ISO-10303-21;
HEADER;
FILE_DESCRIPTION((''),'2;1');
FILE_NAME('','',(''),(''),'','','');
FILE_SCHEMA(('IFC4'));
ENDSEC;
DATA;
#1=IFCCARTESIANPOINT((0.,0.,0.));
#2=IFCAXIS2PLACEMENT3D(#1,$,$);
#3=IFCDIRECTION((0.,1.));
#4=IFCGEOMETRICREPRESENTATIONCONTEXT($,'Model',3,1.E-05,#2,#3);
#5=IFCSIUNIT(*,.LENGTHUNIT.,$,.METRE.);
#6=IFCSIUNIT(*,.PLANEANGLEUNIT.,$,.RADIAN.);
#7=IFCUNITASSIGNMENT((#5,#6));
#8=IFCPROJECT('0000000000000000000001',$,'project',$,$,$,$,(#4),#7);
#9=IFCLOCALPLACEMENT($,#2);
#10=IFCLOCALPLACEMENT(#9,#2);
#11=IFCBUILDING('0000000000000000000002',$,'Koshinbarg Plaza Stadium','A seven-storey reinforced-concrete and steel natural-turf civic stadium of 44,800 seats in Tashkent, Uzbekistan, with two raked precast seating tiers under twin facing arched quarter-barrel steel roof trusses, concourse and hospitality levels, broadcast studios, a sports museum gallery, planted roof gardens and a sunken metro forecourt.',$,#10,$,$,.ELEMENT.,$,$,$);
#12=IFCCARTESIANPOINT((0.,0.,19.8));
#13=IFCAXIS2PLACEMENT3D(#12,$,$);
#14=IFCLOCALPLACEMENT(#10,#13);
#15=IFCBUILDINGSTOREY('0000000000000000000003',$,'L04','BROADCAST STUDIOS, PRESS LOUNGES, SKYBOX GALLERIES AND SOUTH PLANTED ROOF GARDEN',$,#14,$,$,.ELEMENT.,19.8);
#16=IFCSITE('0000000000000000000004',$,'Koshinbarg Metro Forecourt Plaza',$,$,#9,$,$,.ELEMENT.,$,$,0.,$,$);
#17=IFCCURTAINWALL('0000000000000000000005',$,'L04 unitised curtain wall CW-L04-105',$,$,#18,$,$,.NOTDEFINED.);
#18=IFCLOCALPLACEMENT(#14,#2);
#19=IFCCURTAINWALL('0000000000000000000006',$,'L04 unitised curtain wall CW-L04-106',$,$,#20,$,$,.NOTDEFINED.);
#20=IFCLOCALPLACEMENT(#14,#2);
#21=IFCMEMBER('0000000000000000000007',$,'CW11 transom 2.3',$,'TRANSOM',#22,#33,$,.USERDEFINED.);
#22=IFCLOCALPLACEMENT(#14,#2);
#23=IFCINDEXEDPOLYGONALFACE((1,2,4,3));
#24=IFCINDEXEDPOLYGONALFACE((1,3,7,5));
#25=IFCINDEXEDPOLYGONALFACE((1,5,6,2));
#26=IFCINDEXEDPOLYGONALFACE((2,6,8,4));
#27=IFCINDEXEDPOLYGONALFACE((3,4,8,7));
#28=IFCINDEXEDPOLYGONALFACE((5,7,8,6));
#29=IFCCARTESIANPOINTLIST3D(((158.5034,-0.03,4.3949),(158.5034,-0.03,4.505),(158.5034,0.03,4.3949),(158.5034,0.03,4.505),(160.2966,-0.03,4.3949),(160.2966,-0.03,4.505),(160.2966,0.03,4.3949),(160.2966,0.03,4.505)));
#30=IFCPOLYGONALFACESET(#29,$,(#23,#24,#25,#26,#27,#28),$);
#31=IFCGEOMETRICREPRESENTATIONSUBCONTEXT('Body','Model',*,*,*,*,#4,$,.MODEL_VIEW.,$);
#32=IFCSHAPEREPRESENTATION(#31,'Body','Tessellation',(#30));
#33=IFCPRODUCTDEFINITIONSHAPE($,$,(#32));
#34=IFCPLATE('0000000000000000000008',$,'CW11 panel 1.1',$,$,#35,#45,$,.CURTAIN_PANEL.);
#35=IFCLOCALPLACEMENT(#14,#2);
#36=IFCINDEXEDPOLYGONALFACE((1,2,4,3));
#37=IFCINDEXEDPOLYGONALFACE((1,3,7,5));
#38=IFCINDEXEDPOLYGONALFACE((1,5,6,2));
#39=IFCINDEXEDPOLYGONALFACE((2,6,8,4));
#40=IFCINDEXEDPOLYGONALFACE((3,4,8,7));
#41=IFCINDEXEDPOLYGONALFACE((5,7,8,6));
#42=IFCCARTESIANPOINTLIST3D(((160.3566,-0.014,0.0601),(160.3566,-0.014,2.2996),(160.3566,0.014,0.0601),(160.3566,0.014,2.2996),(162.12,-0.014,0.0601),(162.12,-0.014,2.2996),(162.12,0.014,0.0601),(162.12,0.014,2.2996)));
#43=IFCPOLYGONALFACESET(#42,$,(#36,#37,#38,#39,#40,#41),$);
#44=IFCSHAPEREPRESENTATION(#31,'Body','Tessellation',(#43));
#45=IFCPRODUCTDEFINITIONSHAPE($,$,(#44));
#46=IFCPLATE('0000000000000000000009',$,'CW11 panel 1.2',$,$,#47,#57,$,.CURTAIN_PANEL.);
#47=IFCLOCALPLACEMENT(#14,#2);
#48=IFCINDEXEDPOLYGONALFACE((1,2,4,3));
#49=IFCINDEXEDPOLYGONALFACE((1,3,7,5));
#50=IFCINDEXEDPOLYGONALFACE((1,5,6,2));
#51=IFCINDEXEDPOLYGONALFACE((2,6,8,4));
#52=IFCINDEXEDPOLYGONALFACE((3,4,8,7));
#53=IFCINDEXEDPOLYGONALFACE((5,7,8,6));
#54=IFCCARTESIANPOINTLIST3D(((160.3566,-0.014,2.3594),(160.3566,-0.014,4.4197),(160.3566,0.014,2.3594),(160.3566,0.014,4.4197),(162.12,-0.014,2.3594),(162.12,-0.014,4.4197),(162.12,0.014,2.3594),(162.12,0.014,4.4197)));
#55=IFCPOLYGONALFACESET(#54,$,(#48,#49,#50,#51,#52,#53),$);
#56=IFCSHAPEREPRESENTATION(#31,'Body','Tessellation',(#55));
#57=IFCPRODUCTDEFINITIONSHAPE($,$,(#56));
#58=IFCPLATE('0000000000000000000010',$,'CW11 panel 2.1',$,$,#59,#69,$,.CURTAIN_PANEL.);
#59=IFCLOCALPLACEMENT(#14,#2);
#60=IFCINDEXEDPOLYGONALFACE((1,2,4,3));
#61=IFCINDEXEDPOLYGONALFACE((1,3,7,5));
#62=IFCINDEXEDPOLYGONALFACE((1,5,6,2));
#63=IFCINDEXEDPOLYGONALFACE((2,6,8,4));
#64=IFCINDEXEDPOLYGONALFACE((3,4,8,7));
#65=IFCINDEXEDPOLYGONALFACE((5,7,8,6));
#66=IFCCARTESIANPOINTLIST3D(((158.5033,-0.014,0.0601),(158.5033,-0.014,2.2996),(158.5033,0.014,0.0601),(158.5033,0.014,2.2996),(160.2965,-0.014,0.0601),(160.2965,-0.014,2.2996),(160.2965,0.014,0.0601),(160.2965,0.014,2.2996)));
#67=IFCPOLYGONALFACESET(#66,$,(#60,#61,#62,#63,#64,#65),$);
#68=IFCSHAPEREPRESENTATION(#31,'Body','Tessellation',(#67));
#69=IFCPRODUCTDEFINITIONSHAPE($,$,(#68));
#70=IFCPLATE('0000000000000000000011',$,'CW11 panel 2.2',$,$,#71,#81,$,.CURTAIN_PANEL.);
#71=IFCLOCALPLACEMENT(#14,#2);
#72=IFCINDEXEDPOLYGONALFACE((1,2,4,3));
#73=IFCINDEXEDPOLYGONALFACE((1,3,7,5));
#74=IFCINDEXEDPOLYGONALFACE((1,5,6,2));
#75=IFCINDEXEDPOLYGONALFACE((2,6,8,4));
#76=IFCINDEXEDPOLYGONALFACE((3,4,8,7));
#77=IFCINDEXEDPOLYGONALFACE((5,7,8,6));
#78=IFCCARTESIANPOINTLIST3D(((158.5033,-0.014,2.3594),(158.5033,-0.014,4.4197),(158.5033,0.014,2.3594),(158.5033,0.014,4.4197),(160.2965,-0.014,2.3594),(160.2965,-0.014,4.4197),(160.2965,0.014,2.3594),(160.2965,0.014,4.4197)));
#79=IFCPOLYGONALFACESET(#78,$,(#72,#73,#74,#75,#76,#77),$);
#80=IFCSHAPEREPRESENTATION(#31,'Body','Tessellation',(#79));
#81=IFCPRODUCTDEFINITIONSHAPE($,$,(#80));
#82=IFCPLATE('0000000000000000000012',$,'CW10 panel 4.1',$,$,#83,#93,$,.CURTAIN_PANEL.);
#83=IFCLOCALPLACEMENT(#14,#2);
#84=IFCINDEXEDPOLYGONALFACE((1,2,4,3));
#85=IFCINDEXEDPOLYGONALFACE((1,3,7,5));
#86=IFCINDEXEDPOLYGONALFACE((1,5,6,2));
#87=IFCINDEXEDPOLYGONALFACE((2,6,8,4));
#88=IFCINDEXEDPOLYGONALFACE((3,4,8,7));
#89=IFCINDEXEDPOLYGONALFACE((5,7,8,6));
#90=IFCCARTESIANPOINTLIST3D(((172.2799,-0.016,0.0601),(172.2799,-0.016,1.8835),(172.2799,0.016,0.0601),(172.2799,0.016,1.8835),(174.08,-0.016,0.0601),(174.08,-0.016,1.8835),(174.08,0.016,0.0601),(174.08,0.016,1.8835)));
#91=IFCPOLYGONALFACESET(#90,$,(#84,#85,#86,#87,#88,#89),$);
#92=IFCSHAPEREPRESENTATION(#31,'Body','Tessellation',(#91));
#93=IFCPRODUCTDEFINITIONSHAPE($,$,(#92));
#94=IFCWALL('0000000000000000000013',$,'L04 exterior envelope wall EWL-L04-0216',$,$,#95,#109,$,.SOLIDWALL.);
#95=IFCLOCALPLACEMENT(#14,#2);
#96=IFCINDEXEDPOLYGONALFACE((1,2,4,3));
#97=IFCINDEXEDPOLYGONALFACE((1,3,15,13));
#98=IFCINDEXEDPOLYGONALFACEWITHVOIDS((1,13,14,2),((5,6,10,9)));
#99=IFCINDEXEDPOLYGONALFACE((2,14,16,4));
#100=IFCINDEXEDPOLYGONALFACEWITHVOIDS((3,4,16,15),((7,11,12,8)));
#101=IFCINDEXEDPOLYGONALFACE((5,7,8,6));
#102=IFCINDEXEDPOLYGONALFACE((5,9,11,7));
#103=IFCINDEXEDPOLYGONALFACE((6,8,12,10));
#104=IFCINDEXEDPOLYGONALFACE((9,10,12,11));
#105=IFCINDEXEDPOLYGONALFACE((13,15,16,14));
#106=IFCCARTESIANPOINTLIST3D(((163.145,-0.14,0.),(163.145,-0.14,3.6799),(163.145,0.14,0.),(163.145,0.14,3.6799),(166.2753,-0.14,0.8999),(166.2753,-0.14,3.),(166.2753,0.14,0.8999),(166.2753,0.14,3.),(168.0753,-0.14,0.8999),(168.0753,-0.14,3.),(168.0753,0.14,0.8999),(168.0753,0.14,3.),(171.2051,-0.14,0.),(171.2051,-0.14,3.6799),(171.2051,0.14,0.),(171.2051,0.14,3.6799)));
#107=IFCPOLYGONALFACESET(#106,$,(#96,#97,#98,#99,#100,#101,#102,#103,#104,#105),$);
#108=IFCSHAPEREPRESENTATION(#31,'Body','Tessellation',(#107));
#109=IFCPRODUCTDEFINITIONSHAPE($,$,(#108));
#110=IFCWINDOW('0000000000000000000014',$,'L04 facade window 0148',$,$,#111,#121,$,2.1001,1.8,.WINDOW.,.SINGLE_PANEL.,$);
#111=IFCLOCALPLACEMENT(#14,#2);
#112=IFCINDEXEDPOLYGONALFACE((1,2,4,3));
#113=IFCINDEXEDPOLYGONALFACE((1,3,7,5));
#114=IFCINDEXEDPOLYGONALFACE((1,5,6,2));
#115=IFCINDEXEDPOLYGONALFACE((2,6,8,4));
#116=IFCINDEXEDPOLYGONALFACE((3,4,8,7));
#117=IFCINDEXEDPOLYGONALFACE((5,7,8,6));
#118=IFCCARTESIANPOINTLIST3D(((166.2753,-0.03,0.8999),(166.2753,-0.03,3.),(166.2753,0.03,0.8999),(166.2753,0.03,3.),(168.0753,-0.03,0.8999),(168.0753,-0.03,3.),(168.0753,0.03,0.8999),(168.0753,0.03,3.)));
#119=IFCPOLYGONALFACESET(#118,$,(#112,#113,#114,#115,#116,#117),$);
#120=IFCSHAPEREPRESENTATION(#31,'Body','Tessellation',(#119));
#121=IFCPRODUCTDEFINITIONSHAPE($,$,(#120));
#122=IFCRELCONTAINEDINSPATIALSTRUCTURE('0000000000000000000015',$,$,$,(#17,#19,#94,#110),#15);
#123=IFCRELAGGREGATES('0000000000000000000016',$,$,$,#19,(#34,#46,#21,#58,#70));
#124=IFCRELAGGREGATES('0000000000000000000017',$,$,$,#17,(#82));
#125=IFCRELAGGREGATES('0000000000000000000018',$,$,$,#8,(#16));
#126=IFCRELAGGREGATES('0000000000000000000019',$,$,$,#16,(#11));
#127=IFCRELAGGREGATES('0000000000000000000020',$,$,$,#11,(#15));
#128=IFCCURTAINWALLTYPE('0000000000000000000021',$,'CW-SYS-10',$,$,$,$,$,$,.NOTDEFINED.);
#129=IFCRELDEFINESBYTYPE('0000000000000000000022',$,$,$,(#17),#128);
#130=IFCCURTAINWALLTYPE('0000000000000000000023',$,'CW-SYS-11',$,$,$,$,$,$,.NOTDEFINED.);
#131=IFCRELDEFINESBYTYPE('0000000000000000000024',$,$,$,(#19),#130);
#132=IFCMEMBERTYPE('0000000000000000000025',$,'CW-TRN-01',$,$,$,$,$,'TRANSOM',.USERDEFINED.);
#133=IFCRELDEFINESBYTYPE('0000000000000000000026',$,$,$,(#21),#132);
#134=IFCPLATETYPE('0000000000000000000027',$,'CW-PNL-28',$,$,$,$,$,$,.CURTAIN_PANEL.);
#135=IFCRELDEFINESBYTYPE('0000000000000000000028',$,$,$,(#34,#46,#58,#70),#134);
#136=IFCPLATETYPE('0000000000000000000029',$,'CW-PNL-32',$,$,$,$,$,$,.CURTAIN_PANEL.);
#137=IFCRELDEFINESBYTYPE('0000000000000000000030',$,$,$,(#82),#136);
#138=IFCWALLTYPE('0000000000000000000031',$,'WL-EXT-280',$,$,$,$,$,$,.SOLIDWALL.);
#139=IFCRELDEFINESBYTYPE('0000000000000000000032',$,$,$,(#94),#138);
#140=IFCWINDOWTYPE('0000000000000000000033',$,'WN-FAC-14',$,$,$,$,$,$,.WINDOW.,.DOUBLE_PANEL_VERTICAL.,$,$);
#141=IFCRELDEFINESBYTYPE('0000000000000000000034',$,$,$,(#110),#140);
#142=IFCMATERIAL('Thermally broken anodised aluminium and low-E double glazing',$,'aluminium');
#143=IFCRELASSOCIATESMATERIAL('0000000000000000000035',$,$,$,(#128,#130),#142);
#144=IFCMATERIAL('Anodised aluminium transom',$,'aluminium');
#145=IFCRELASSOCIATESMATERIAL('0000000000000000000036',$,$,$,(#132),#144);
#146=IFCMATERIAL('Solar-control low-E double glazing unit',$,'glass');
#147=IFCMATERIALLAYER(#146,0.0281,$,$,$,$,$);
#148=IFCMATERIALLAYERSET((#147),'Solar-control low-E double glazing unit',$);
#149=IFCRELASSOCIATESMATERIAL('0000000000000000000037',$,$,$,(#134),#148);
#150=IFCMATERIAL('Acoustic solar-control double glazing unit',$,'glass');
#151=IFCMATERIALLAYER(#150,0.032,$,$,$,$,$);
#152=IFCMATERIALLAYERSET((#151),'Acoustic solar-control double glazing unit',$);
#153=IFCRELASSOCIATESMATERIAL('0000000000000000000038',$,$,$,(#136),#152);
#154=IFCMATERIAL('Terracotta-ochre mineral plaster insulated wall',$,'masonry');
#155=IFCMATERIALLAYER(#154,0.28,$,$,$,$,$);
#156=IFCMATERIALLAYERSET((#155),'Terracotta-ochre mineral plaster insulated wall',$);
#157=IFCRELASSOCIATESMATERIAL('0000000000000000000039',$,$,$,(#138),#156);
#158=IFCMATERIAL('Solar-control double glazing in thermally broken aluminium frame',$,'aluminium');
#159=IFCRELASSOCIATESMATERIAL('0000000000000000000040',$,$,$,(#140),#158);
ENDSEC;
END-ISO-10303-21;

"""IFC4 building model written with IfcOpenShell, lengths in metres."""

from ifc_helpers import new_model, si_unit, direction, frame, frame_2d, origin, origin_2d, place, context, subcontext, project, spatial, rectangle, extrude, material, layer, layer_set, material_profile, profile_set, type_object, element, fill, aggregate, save


model = new_model("IFC4")

# Units and contexts
model_context = context("Model", 3, precision=1e-05, world=origin(), true_north=direction((0.0, 1.0)))
body_context = subcontext(model_context, "Body", "Model", "MODEL_VIEW")
ifc_project = project(units=[si_unit("LENGTHUNIT", "METRE"), si_unit("PLANEANGLEUNIT", "RADIAN")], contexts=[model_context])

# Site, building, storey
site_placement = place(None, origin())
site = spatial("IfcSite", under=ifc_project, at=site_placement, Name="Koshinbarg Metro Forecourt Plaza", CompositionType="ELEMENT", RefElevation=0.0)
building_placement = place(site_placement, origin())
building = spatial("IfcBuilding", under=site, at=building_placement, Name="Koshinbarg Plaza Stadium", Description="A seven-storey reinforced-concrete and steel natural-turf civic stadium of 44,800 seats in Tashkent, Uzbekistan, with two raked precast seating tiers under twin facing arched quarter-barrel steel roof trusses, concourse and hospitality levels, broadcast studios, a sports museum gallery, planted roof gardens and a sunken metro forecourt.", CompositionType="ELEMENT")
storey_placement = place(building_placement, frame((0.0, 0.0, 19.8)))
storey = spatial("IfcBuildingStorey", under=building, at=storey_placement, Name="L04", Description="BROADCAST STUDIOS, PRESS LOUNGES, SKYBOX GALLERIES AND SOUTH PLANTED ROOF GARDEN", CompositionType="ELEMENT", Elevation=19.8)

# Curtain wall
ifc_material_1 = material(Name="Thermally broken anodised aluminium and low-E double glazing", Category="aluminium")
curtain_wall_type_1 = type_object("IfcCurtainWallType", Name="CW-SYS-10", PredefinedType="NOTDEFINED", material=ifc_material_1)
curtain_wall_1_placement = place(storey_placement, origin())
curtain_wall_1 = element("IfcCurtainWall", 1, at=curtain_wall_1_placement, inside=storey, type_object=curtain_wall_type_1, Name="L04 unitised curtain wall CW-L04-105", PredefinedType="NOTDEFINED")

# Curtain wall, member, plates
curtain_wall_type_2 = type_object("IfcCurtainWallType", Name="CW-SYS-11", PredefinedType="NOTDEFINED", material=ifc_material_1)
curtain_wall_2_placement = place(storey_placement, origin())
curtain_wall_2 = element("IfcCurtainWall", 2, at=curtain_wall_2_placement, inside=storey, type_object=curtain_wall_type_2, Name="L04 unitised curtain wall CW-L04-106", PredefinedType="NOTDEFINED")
ifc_material_2 = material(Name="Anodised aluminium transom", Category="aluminium")
ifc_material_profile_1 = material_profile(ifc_material_2, rectangle(XDim=0.0601, YDim=0.1101, at=origin_2d()), Name="ALU 60x110")
ifc_profile_set_1 = profile_set([ifc_material_profile_1], Name="Anodised aluminium transom")
member_type_1 = type_object("IfcMemberType", Name="CW-TRN-01", ElementType="TRANSOM", PredefinedType="USERDEFINED", material=ifc_profile_set_1)
member_1_placement = place(storey_placement, frame((160.2966, 0.0, 4.45), z_axis=(-1.0, 0.0, 0.0), x_axis=(0.0, -1.0, 0.0)))
member_1 = element("IfcMember", 3, at=member_1_placement, type_object=member_type_1, Name="CW11 transom 2.3", ObjectType="TRANSOM", PredefinedType="USERDEFINED", context=body_context, shape_type="SweptSolid", body=[
    extrude(rectangle(XDim=0.0601, YDim=0.1101, at=origin_2d()), origin(), (0.0, 0.0, 1.0), 1.7932),
])
ifc_material_3 = material(Name="Solar-control low-E double glazing unit", Category="glass")
ifc_layer_1 = layer(ifc_material_3, 0.0281)
ifc_layer_set_1 = layer_set([ifc_layer_1], Name="Solar-control low-E double glazing unit")
plate_type_1 = type_object("IfcPlateType", Name="CW-PNL-28", PredefinedType="CURTAIN_PANEL", material=ifc_layer_set_1)
plate_1_placement = place(storey_placement, frame((161.2383, 0.0, 0.0601), z_axis=(0.0, 0.0, 1.0), x_axis=(-1.0, 0.0, 0.0)))
plate_1 = element("IfcPlate", 4, at=plate_1_placement, type_object=plate_type_1, Name="CW11 panel 1.1", PredefinedType="CURTAIN_PANEL", context=body_context, shape_type="SweptSolid", body=[
    extrude(rectangle(XDim=1.7634, YDim=0.0281, at=origin_2d()), origin(), (0.0, 0.0, 1.0), 2.2395),
])
plate_2_placement = place(storey_placement, frame((161.2383, 0.0, 2.3594), z_axis=(0.0, 0.0, 1.0), x_axis=(-1.0, 0.0, 0.0)))
plate_2 = element("IfcPlate", 5, at=plate_2_placement, type_object=plate_type_1, Name="CW11 panel 1.2", PredefinedType="CURTAIN_PANEL", context=body_context, shape_type="SweptSolid", body=[
    extrude(rectangle(XDim=1.7634, YDim=0.0281, at=origin_2d()), origin(), (0.0, 0.0, 1.0), 2.0603),
])
plate_3_placement = place(storey_placement, frame((159.3999, 0.0, 0.0601), z_axis=(0.0, 0.0, 1.0), x_axis=(-1.0, 0.0, 0.0)))
plate_3 = element("IfcPlate", 6, at=plate_3_placement, type_object=plate_type_1, Name="CW11 panel 2.1", PredefinedType="CURTAIN_PANEL", context=body_context, shape_type="SweptSolid", body=[
    extrude(rectangle(XDim=1.7932, YDim=0.0281, at=origin_2d()), origin(), (0.0, 0.0, 1.0), 2.2395),
])
plate_4_placement = place(storey_placement, frame((159.3999, 0.0, 2.3594), z_axis=(0.0, 0.0, 1.0), x_axis=(-1.0, 0.0, 0.0)))
plate_4 = element("IfcPlate", 7, at=plate_4_placement, type_object=plate_type_1, Name="CW11 panel 2.2", PredefinedType="CURTAIN_PANEL", context=body_context, shape_type="SweptSolid", body=[
    extrude(rectangle(XDim=1.7932, YDim=0.0281, at=origin_2d()), origin(), (0.0, 0.0, 1.0), 2.0603),
])
aggregate(curtain_wall_2, [plate_1, plate_2, member_1, plate_3, plate_4])

# Plate
ifc_material_4 = material(Name="Acoustic solar-control double glazing unit", Category="glass")
ifc_layer_2 = layer(ifc_material_4, 0.032)
ifc_layer_set_2 = layer_set([ifc_layer_2], Name="Acoustic solar-control double glazing unit")
plate_type_2 = type_object("IfcPlateType", Name="CW-PNL-32", PredefinedType="CURTAIN_PANEL", material=ifc_layer_set_2)
plate_5_placement = place(storey_placement, frame((173.1799, 0.0, 0.0601), z_axis=(0.0, 0.0, 1.0), x_axis=(-1.0, 0.0, 0.0)))
plate_5 = element("IfcPlate", 8, at=plate_5_placement, type_object=plate_type_2, Name="CW10 panel 4.1", PredefinedType="CURTAIN_PANEL", context=body_context, shape_type="SweptSolid", body=[
    extrude(rectangle(XDim=1.8, YDim=0.032, at=origin_2d()), origin(), (0.0, 0.0, 1.0), 1.8235),
])
aggregate(curtain_wall_1, [plate_5])

# Wall, opening, window
ifc_material_5 = material(Name="Terracotta-ochre mineral plaster insulated wall", Category="masonry")
ifc_layer_3 = layer(ifc_material_5, 0.28)
ifc_layer_set_3 = layer_set([ifc_layer_3], Name="Terracotta-ochre mineral plaster insulated wall")
wall_type = type_object("IfcWallType", Name="WL-EXT-280", PredefinedType="SOLIDWALL", material=ifc_layer_set_3)
wall_placement = place(storey_placement, frame((171.2051, 0.0, 0.0), z_axis=(0.0, 0.0, 1.0), x_axis=(-1.0, 0.0, 0.0)))
wall = element("IfcWall", 9, at=wall_placement, inside=storey, type_object=wall_type, Name="L04 exterior envelope wall EWL-L04-0216", PredefinedType="SOLIDWALL", context=body_context, shape_type="SweptSolid", body=[
    extrude(rectangle(XDim=8.0601, YDim=0.28, at=frame_2d((4.03, 0.0))), origin(), (0.0, 0.0, 1.0), 3.6799),
])
opening_placement = place(wall_placement, frame((3.1299, 0.0, 0.8999)))
opening = element("IfcOpeningElement", 10, at=opening_placement, cuts=wall, PredefinedType="OPENING", context=body_context, shape_type="SweptSolid", body=[
    extrude(rectangle(XDim=1.8, YDim=2.1001, at=frame_2d((0.8999, 1.05))), frame((0.0, 0.1499, 0.0), z_axis=(0.0, -1.0, 0.0), x_axis=(1.0, 0.0, 0.0)), (0.0, 0.0, 1.0), 0.3),
])
ifc_material_6 = material(Name="Solar-control double glazing in thermally broken aluminium frame", Category="aluminium")
window_type = type_object("IfcWindowType", Name="WN-FAC-14", PartitioningType="DOUBLE_PANEL_VERTICAL", PredefinedType="WINDOW", material=ifc_material_6)
window_placement = place(opening_placement, origin())
window = element("IfcWindow", 11, at=window_placement, inside=storey, type_object=window_type, Name="L04 facade window 0148", OverallHeight=2.1001, OverallWidth=1.8, PartitioningType="SINGLE_PANEL", PredefinedType="WINDOW", context=body_context, shape_type="SweptSolid", body=[
    extrude(rectangle(XDim=1.8, YDim=2.1001, at=frame_2d((0.8999, 1.05))), frame((0.0, 0.03, 0.0), z_axis=(0.0, -1.0, 0.0), x_axis=(1.0, 0.0, 0.0)), (0.0, 0.0, 1.0), 0.0601),
])
fill(opening, window)

save(model, "model.ifc")
